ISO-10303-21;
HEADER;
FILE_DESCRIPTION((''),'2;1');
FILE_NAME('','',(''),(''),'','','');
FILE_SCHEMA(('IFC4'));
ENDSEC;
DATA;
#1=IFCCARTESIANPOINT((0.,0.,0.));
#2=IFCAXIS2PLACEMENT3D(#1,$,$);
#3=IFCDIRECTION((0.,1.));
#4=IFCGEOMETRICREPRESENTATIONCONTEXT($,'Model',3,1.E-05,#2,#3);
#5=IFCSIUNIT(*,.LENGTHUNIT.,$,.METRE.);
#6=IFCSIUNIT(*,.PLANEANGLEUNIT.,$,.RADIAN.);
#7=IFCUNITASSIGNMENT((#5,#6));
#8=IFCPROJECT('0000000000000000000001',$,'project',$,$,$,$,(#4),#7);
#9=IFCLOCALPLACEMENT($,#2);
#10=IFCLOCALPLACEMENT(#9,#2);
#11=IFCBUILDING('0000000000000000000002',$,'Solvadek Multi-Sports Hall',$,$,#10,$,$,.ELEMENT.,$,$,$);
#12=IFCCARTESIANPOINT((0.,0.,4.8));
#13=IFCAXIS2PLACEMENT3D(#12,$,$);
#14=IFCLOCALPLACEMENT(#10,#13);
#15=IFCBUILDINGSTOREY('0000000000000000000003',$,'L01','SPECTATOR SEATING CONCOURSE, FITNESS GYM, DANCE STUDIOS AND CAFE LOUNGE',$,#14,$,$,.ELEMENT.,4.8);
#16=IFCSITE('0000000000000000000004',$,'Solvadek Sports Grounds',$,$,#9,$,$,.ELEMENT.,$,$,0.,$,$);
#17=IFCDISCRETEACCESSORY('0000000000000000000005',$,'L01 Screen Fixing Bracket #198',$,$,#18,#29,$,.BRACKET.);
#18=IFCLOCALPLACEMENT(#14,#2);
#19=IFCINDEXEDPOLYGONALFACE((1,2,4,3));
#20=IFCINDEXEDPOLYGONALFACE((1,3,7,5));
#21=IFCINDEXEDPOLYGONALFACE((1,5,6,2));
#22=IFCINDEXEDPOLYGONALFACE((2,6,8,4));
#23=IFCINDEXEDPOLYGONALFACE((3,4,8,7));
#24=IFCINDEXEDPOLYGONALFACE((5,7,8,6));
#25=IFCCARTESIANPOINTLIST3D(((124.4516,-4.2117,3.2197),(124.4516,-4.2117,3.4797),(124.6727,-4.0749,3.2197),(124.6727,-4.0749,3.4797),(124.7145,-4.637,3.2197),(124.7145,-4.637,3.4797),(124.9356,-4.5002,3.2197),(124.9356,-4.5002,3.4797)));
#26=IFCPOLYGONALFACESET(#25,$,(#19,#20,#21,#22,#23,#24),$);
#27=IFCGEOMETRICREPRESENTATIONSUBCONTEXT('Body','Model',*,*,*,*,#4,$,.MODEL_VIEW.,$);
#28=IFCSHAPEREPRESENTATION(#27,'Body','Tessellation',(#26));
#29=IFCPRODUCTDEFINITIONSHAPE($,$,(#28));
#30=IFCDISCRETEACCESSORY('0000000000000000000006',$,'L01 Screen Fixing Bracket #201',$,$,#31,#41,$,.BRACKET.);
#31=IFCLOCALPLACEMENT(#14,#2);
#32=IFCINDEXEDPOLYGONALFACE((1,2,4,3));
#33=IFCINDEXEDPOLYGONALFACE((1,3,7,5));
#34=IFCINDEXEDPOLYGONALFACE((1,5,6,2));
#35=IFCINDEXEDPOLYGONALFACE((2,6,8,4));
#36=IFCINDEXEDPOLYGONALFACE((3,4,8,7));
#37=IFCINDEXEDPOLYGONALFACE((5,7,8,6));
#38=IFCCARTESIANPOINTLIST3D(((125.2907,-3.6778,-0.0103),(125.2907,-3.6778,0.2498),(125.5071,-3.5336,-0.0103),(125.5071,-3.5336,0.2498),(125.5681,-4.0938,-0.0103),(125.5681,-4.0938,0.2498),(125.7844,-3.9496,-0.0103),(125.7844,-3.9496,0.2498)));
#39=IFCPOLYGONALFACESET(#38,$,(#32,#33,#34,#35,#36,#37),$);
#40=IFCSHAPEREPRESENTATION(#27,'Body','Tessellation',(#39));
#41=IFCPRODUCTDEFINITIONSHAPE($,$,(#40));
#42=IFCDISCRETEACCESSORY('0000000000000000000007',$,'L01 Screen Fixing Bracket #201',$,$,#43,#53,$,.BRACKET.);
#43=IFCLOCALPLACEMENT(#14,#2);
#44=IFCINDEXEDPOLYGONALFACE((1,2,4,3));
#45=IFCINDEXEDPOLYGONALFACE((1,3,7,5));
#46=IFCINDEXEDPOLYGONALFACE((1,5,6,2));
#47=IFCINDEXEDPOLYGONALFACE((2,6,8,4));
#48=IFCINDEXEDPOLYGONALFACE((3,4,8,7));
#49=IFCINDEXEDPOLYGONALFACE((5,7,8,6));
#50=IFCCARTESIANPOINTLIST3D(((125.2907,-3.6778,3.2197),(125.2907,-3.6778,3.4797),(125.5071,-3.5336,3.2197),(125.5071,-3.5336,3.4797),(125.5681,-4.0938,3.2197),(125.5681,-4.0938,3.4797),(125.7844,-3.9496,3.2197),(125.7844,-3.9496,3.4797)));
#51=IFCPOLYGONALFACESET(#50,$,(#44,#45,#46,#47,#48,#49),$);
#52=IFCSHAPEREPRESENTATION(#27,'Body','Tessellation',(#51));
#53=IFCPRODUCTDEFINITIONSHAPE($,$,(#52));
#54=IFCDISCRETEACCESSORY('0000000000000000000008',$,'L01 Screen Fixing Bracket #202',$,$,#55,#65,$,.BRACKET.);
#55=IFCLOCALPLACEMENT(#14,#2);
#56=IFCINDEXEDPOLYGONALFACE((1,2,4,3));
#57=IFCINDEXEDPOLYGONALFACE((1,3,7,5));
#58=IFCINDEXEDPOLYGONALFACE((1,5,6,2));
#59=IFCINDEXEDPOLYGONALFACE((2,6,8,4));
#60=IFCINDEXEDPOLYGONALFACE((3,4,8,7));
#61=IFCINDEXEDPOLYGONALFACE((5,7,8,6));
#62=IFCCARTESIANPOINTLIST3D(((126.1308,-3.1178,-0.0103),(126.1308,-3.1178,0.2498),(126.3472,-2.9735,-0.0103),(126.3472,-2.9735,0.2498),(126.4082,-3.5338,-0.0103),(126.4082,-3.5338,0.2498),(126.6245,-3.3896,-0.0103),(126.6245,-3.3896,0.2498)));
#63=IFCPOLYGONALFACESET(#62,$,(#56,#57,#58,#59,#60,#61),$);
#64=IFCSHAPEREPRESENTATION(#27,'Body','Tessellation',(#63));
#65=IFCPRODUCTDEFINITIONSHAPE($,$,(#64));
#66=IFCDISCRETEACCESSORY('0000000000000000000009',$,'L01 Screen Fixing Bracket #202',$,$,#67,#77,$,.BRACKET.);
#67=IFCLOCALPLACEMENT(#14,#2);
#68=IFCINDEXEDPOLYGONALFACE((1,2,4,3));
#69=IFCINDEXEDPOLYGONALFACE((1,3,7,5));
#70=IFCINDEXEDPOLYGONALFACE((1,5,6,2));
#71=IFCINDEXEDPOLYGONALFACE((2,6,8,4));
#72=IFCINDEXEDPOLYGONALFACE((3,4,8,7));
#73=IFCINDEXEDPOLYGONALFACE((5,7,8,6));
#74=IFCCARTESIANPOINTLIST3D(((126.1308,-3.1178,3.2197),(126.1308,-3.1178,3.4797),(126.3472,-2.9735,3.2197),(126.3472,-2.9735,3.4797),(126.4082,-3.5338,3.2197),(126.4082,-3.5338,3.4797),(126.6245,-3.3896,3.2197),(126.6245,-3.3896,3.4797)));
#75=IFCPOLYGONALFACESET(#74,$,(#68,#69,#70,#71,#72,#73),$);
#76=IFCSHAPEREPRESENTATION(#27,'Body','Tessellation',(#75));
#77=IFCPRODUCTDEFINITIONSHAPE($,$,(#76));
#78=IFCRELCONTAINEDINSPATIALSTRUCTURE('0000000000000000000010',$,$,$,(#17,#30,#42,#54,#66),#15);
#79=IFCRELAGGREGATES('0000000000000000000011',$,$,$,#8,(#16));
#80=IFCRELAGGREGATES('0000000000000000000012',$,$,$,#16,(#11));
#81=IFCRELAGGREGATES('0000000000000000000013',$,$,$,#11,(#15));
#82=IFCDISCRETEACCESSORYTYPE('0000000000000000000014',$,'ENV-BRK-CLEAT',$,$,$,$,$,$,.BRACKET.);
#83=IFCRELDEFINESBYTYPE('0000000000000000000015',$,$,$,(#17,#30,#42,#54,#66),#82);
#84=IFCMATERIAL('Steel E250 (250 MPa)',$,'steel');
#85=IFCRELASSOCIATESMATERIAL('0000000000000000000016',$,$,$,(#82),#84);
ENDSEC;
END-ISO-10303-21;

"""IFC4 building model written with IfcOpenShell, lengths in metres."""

from ifc_helpers import new_model, si_unit, direction, frame, origin, origin_2d, place, context, subcontext, project, spatial, rectangle, extrude, material, type_object, element, save


model = new_model("IFC4")

# Units and contexts
model_context = context("Model", 3, precision=1e-05, world=origin(), true_north=direction((0.0, 1.0)))
body_context = subcontext(model_context, "Body", "Model", "MODEL_VIEW")
ifc_project = project(units=[si_unit("LENGTHUNIT", "METRE"), si_unit("PLANEANGLEUNIT", "RADIAN")], contexts=[model_context])

# Site, building, storey
site_placement = place(None, origin())
site = spatial("IfcSite", under=ifc_project, at=site_placement, Name="Solvadek Sports Grounds", CompositionType="ELEMENT", RefElevation=0.0)
building_placement = place(site_placement, origin())
building = spatial("IfcBuilding", under=site, at=building_placement, Name="Solvadek Multi-Sports Hall", CompositionType="ELEMENT")
storey_placement = place(building_placement, frame((0.0, 0.0, 4.8)))
storey = spatial("IfcBuildingStorey", under=building, at=storey_placement, Name="L01", Description="SPECTATOR SEATING CONCOURSE, FITNESS GYM, DANCE STUDIOS AND CAFE LOUNGE", CompositionType="ELEMENT", Elevation=4.8)

# Discrete accessories
ifc_material_1 = material(Name="Steel E250 (250 MPa)", Category="steel")
discrete_accessory_type = type_object("IfcDiscreteAccessoryType", Name="ENV-BRK-CLEAT", PredefinedType="BRACKET", material=ifc_material_1)
for number, where, z_axis, x_axis, name in (
    (1, (124.6936, -4.356, 3.2197), (0.0, 0.0, 1.0), (0.850582, 0.525842, 0.0), "L01 Screen Fixing Bracket #198"),
    (2, (125.5376, -3.8137, -0.0103), (0.0, 0.0, 1.0), (0.832027, 0.554734, 0.0), "L01 Screen Fixing Bracket #201"),
    (3, (125.5376, -3.8137, 3.2197), (0.0, 0.0, 1.0), (0.832027, 0.554734, 0.0), "L01 Screen Fixing Bracket #201"),
    (4, (126.3777, -3.2537, -0.0103), (0.0, 0.0, 1.0), (0.832027, 0.554734, 0.0), "L01 Screen Fixing Bracket #202"),
    (5, (126.3777, -3.2537, 3.2197), (0.0, 0.0, 1.0), (0.832027, 0.554734, 0.0), "L01 Screen Fixing Bracket #202"),
):
    element("IfcDiscreteAccessory", number, at=place(storey_placement, frame(where, z_axis=z_axis, x_axis=x_axis)), inside=storey, type_object=discrete_accessory_type, Name=name, PredefinedType="BRACKET", context=body_context, shape_type="SweptSolid", body=[
        extrude(rectangle(XDim=0.26, YDim=0.5, at=origin_2d()), origin(), (0.0, 0.0, 1.0), 0.26),
    ])

save(model, "model.ifc")
